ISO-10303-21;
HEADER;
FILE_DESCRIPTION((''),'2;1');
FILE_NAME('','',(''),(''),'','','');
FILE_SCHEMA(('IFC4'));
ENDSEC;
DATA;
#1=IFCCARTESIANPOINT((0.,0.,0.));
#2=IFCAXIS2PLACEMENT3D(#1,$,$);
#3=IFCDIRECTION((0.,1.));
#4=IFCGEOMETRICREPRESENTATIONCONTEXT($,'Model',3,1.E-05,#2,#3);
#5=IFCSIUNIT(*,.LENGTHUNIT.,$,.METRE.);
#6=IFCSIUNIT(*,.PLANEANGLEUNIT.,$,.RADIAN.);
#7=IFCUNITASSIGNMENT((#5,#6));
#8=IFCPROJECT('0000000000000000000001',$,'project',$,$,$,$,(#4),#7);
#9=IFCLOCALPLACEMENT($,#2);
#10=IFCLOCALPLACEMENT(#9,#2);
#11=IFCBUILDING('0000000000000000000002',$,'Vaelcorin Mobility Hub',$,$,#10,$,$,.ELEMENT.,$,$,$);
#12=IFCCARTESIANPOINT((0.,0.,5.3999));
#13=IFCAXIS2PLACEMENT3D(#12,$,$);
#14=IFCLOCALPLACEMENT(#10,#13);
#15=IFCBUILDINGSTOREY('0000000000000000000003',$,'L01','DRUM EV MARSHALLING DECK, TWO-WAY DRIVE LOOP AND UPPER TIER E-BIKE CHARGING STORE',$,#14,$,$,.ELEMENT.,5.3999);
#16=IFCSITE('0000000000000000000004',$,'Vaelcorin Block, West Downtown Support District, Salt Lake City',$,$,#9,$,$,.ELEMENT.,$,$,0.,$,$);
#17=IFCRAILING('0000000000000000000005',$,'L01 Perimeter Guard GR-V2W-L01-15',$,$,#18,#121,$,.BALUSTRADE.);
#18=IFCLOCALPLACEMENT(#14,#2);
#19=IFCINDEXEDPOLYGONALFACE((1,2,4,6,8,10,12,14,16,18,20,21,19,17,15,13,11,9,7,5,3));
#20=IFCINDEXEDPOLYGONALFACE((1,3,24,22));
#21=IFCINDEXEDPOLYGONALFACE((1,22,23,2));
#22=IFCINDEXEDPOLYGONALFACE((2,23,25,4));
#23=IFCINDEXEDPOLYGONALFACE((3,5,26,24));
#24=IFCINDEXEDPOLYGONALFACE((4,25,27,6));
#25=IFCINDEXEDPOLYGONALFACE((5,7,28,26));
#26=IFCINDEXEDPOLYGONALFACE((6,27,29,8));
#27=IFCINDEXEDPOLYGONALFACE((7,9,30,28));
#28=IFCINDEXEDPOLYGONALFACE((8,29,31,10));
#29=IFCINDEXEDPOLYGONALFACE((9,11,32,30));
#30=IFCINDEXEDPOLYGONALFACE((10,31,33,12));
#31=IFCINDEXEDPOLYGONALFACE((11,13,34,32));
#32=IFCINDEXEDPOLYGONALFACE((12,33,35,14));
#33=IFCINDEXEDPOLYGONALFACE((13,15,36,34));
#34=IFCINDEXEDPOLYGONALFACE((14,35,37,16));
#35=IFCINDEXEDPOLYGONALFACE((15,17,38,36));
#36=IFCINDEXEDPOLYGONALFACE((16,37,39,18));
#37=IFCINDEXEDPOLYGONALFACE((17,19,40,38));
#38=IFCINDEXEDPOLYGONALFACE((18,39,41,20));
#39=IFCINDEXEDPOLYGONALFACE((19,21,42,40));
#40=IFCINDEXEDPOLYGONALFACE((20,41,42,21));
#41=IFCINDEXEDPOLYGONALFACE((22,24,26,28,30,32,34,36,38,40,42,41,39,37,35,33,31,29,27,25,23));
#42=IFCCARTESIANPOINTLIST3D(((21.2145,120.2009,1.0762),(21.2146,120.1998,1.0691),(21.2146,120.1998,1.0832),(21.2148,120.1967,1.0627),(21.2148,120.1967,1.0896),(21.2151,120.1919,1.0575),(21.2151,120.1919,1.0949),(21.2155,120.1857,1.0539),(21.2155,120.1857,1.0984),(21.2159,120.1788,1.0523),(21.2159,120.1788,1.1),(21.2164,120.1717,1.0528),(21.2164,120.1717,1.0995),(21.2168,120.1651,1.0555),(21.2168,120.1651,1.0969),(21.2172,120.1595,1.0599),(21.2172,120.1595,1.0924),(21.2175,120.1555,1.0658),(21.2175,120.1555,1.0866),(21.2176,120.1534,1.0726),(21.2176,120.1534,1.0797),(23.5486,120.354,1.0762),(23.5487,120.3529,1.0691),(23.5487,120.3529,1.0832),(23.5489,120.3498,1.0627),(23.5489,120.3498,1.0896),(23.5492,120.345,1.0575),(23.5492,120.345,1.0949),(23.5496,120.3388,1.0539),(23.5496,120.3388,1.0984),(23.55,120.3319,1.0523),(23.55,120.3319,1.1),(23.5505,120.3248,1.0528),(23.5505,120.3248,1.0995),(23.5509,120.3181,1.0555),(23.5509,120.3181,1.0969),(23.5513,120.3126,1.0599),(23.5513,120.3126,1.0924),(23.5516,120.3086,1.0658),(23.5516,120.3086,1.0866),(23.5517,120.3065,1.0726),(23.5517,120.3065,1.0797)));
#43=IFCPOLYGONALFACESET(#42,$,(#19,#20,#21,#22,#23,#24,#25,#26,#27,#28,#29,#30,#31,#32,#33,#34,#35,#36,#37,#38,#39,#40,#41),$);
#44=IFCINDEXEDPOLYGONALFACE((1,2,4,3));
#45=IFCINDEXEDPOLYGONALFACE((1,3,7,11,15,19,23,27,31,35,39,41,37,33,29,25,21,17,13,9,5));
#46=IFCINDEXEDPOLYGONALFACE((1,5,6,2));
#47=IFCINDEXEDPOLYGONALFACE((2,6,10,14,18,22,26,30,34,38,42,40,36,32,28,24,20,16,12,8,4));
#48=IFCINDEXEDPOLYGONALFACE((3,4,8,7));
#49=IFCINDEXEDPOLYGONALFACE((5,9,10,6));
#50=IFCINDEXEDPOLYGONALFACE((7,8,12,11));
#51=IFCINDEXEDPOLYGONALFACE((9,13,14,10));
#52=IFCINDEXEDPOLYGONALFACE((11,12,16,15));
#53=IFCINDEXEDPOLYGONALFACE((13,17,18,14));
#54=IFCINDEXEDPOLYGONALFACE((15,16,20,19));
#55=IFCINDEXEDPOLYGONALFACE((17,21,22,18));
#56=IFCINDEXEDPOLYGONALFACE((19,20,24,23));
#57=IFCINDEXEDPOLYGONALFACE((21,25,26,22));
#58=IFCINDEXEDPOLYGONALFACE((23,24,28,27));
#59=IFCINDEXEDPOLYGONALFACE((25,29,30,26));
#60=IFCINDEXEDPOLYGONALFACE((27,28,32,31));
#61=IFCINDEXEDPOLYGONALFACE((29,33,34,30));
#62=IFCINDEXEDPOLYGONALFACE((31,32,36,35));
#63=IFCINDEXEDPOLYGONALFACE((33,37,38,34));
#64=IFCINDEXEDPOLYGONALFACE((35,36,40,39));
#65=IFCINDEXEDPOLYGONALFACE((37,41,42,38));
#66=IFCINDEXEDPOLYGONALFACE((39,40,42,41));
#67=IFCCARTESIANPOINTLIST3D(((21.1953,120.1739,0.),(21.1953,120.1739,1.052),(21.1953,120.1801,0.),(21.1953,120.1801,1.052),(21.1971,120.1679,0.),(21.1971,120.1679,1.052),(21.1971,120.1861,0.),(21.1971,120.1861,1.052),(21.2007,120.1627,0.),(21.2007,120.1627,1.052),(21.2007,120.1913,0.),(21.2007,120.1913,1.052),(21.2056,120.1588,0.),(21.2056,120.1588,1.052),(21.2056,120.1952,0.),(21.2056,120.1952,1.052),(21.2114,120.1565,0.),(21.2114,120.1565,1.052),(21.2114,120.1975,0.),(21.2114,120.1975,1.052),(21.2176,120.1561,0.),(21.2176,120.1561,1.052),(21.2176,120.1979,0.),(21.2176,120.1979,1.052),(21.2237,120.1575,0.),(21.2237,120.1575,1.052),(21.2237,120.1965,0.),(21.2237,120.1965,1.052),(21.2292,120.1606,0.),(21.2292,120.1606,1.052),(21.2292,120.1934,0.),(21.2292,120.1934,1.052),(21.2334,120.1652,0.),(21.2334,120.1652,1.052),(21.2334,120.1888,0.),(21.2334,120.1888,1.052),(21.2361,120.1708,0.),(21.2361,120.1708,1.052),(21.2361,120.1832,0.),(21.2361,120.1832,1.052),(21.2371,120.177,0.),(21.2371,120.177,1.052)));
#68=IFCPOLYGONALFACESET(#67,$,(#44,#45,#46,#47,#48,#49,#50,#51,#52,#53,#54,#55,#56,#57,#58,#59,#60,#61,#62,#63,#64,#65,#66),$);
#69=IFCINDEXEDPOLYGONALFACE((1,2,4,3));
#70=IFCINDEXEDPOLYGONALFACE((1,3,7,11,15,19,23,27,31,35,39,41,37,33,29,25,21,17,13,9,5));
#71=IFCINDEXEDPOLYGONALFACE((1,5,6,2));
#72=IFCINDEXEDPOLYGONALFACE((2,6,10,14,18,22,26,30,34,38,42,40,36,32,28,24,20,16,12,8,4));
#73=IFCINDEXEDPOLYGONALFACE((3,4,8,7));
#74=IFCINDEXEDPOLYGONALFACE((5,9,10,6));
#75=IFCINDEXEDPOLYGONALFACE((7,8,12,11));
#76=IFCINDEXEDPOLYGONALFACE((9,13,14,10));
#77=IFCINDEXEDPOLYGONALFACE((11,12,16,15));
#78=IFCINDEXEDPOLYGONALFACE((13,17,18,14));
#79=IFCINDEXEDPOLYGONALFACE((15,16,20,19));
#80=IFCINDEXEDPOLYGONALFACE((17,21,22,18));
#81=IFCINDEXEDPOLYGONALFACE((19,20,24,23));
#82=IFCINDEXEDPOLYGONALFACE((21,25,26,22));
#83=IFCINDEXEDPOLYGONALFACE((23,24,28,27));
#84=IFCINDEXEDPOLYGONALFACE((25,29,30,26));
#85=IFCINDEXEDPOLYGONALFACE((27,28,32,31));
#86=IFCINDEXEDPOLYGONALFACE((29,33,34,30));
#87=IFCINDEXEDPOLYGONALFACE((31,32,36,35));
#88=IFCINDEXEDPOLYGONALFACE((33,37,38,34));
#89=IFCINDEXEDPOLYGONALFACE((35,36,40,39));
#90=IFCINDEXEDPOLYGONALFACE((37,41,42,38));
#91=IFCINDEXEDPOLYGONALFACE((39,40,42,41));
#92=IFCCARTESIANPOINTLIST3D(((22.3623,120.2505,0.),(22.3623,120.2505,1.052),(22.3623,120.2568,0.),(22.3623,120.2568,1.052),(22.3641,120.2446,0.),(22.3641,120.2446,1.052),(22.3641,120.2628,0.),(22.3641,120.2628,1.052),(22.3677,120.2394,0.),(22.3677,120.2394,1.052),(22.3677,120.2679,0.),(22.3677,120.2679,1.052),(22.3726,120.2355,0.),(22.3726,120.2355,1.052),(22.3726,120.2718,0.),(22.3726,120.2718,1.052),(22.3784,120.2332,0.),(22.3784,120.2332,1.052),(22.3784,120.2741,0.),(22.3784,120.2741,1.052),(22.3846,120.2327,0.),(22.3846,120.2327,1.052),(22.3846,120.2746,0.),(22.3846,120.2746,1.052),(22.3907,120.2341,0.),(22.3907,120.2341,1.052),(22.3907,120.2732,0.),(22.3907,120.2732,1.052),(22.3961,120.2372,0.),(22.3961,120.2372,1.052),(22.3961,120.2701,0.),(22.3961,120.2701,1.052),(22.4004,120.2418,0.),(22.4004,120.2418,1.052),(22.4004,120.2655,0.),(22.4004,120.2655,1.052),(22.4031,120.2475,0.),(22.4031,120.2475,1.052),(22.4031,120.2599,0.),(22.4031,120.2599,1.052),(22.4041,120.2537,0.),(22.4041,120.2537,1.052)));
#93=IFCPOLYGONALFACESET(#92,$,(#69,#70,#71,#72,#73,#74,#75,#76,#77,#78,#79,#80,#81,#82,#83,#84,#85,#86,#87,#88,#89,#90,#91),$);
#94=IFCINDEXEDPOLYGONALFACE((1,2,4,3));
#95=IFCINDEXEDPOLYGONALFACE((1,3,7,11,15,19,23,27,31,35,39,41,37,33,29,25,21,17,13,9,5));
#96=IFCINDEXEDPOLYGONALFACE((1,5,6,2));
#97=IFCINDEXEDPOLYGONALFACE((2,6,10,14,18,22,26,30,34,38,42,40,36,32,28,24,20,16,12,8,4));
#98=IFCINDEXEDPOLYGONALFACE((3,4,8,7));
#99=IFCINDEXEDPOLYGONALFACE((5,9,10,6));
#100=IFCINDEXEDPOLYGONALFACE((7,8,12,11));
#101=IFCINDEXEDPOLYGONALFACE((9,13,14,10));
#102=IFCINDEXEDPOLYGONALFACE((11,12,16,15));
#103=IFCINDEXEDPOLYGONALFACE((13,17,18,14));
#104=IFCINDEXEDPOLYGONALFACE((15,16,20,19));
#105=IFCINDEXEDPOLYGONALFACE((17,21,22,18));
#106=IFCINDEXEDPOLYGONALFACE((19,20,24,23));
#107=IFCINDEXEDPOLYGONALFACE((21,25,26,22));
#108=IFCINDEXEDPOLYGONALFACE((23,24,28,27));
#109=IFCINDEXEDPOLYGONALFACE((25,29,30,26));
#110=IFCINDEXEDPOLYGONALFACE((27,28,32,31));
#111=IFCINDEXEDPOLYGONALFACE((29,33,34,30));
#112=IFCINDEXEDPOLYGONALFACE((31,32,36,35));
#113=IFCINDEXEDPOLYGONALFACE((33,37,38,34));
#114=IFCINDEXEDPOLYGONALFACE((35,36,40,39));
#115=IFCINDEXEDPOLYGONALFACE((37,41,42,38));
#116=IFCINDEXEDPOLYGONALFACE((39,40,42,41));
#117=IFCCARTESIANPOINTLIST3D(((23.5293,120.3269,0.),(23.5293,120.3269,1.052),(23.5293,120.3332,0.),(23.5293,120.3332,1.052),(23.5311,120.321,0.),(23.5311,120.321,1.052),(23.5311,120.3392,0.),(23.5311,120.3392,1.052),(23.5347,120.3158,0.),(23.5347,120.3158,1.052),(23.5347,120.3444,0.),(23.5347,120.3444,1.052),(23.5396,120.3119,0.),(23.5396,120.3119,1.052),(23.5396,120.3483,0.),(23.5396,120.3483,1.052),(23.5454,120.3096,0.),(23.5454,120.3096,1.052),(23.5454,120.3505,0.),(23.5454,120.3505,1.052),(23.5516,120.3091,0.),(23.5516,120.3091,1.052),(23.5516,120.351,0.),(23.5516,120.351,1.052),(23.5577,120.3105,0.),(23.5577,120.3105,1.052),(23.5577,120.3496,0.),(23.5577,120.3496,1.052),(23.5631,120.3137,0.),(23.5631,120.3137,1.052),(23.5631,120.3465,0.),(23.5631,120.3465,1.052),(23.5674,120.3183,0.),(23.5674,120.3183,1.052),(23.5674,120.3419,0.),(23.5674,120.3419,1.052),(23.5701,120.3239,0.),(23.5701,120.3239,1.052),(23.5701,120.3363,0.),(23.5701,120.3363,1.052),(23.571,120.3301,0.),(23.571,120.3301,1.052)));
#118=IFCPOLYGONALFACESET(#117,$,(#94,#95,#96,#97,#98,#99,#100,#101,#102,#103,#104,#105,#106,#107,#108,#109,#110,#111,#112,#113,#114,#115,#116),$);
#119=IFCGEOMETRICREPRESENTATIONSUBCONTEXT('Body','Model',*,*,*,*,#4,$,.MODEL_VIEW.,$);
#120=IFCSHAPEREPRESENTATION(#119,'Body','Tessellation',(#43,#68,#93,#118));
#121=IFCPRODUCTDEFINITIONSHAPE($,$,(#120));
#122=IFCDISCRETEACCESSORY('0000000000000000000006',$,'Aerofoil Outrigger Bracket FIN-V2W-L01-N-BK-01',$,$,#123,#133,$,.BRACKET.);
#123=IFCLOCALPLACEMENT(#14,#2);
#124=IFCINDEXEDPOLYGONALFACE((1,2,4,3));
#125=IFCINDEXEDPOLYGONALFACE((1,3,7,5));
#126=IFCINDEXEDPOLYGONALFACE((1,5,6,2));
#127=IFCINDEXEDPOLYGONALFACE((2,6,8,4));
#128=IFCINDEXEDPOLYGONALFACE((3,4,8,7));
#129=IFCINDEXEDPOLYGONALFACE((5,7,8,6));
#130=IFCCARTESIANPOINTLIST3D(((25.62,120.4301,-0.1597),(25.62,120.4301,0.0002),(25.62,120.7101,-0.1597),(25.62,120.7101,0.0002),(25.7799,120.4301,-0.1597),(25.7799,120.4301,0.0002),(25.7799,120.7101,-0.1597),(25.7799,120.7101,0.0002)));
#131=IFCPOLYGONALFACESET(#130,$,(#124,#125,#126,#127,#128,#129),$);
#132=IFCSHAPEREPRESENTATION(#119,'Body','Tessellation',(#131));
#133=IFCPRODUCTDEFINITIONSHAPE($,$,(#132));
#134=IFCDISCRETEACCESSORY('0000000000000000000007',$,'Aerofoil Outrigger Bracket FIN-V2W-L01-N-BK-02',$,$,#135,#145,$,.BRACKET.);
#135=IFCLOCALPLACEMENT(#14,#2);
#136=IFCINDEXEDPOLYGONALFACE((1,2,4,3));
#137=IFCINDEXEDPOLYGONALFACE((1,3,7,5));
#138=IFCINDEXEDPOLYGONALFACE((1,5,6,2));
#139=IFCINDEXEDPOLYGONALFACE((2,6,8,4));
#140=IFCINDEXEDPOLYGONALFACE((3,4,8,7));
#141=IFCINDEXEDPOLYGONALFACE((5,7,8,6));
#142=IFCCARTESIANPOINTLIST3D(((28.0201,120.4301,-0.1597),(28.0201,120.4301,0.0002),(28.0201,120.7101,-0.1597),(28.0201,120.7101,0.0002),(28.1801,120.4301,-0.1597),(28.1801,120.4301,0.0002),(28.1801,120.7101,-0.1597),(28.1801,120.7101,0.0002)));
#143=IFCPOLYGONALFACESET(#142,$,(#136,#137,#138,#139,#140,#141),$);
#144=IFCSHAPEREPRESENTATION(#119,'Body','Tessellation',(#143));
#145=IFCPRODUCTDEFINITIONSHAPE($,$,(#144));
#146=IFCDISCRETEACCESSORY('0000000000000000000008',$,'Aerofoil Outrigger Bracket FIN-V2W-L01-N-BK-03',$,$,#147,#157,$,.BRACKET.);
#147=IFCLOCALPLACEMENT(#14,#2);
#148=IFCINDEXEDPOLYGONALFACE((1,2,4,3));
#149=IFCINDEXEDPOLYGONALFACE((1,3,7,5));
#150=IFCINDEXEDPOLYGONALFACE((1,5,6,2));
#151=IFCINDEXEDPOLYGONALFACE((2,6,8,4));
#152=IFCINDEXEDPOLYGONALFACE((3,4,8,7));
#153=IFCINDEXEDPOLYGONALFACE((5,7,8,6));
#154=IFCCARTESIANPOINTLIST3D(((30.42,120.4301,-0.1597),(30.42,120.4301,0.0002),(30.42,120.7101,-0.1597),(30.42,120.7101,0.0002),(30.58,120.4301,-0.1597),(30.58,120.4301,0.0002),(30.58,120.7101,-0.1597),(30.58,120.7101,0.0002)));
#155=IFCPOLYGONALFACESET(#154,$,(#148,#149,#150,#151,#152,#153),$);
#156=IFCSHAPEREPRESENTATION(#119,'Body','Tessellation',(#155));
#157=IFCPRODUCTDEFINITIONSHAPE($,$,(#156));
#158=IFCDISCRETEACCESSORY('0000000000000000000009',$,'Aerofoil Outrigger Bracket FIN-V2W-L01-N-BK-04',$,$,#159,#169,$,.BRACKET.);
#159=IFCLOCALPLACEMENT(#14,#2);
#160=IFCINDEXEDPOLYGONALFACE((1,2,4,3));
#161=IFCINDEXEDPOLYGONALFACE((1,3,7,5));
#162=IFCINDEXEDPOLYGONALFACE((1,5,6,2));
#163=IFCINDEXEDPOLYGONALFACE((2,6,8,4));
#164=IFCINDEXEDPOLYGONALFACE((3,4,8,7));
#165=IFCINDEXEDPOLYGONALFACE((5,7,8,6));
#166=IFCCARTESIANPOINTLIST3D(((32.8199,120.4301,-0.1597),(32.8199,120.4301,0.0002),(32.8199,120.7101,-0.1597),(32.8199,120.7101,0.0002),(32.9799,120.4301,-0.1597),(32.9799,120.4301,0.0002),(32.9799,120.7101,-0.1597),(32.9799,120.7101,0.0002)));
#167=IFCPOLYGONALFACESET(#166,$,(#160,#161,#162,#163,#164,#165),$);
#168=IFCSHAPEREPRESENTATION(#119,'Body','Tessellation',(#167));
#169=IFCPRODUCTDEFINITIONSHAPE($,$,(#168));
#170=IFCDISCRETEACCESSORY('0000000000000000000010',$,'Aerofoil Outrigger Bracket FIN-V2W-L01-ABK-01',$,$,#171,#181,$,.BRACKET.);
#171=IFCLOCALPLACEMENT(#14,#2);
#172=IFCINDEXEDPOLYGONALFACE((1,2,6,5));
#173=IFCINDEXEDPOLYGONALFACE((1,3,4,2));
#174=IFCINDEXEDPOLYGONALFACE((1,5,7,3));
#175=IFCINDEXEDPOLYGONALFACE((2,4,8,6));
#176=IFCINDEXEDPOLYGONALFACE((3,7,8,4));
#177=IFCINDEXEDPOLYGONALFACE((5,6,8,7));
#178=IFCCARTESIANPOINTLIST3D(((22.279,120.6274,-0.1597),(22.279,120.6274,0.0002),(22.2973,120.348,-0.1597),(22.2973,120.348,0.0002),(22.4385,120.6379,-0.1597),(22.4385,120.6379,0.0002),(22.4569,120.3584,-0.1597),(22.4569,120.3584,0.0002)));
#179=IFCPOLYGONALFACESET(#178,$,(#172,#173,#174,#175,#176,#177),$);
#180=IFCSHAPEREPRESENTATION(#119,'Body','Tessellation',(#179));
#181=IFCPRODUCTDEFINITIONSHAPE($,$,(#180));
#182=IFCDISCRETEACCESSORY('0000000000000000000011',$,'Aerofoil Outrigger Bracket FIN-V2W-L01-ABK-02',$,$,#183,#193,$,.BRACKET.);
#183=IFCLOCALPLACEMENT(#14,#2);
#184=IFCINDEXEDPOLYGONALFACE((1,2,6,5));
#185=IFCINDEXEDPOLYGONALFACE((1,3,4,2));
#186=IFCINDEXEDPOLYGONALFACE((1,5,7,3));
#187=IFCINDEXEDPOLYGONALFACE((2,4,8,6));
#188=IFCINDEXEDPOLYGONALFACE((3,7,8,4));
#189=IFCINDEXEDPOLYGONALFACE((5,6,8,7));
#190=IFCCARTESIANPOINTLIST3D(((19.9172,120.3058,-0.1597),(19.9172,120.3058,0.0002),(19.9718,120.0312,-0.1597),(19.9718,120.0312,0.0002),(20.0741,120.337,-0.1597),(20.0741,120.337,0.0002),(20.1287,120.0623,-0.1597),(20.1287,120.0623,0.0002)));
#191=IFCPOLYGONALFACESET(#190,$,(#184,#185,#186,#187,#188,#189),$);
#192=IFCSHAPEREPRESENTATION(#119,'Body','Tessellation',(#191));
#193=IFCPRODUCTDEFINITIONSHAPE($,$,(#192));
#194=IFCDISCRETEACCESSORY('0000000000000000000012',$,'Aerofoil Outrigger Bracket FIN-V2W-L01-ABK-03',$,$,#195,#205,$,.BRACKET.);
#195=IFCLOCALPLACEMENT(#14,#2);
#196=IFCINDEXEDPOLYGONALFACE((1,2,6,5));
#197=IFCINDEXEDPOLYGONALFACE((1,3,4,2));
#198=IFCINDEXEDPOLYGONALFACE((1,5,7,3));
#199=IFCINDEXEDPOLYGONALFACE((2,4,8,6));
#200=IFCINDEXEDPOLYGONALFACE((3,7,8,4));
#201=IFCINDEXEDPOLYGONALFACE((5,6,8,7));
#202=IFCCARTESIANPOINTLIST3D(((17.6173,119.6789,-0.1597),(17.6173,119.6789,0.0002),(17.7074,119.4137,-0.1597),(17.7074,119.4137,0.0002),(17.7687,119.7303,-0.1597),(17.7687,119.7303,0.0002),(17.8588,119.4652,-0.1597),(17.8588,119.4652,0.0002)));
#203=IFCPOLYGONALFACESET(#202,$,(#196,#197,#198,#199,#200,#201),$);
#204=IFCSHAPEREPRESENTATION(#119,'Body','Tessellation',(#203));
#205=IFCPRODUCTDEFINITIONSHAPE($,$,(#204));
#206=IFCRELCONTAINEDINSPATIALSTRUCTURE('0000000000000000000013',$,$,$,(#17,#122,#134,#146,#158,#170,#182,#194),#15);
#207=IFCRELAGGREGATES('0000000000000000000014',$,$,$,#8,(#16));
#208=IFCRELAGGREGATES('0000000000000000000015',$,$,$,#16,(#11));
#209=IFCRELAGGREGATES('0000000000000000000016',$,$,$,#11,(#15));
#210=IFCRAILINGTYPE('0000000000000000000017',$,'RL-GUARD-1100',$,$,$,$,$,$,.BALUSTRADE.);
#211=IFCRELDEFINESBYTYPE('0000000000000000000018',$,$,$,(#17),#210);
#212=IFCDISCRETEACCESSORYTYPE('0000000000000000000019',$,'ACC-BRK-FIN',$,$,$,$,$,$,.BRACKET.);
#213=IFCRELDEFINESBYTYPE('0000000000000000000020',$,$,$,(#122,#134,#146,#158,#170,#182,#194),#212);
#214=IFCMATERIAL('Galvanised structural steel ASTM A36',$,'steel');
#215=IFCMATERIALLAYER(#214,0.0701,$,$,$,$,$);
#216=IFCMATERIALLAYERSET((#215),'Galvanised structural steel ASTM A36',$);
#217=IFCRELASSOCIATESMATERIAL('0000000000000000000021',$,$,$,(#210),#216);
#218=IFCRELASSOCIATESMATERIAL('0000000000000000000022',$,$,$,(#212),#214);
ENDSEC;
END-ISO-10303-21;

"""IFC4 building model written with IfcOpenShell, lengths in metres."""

from ifc_helpers import new_model, si_unit, direction, frame, origin, origin_2d, place, context, subcontext, project, spatial, rectangle, circle, extrude, material, layer, layer_set, type_object, element, save


model = new_model("IFC4")

# Units and contexts
model_context = context("Model", 3, precision=1e-05, world=origin(), true_north=direction((0.0, 1.0)))
body_context = subcontext(model_context, "Body", "Model", "MODEL_VIEW")
ifc_project = project(units=[si_unit("LENGTHUNIT", "METRE"), si_unit("PLANEANGLEUNIT", "RADIAN")], contexts=[model_context])

# Site, building, storey
site_placement = place(None, origin())
site = spatial("IfcSite", under=ifc_project, at=site_placement, Name="Vaelcorin Block, West Downtown Support District, Salt Lake City", CompositionType="ELEMENT", RefElevation=0.0)
building_placement = place(site_placement, origin())
building = spatial("IfcBuilding", under=site, at=building_placement, Name="Vaelcorin Mobility Hub", CompositionType="ELEMENT")
storey_placement = place(building_placement, frame((0.0, 0.0, 5.3999)))
storey = spatial("IfcBuildingStorey", under=building, at=storey_placement, Name="L01", Description="DRUM EV MARSHALLING DECK, TWO-WAY DRIVE LOOP AND UPPER TIER E-BIKE CHARGING STORE", CompositionType="ELEMENT", Elevation=5.3999)

# Railing
ifc_material_1 = material(Name="Galvanised structural steel ASTM A36", Category="steel")
ifc_layer_1 = layer(ifc_material_1, 0.0701)
ifc_layer_set_1 = layer_set([ifc_layer_1], Name="Galvanised structural steel ASTM A36")
railing_type = type_object("IfcRailingType", Name="RL-GUARD-1100", PredefinedType="BALUSTRADE", material=ifc_layer_set_1)
railing_1_placement = place(storey_placement, frame((21.2161, 120.177, 0.0)))
element("IfcRailing", 1, at=railing_1_placement, inside=storey, type_object=railing_type, Name="L01 Perimeter Guard GR-V2W-L01-15", PredefinedType="BALUSTRADE", context=body_context, shape_type="SweptSolid", body=[
    extrude(circle(Radius=0.0239, at=origin_2d()), frame((0.0, 0.0, 1.0762), z_axis=(0.997856, 0.065445, 0.0), x_axis=(-0.065445, 0.997856, 0.0)), (0.0, 0.0, 1.0), 2.3391),
    extrude(circle(Radius=0.021, at=origin_2d()), origin(), (0.0, 0.0, 1.0), 1.052),
    extrude(circle(Radius=0.021, at=origin_2d()), frame((1.167, 0.0767, 0.0)), (0.0, 0.0, 1.0), 1.052),
    extrude(circle(Radius=0.021, at=origin_2d()), frame((2.334, 0.1531, 0.0)), (0.0, 0.0, 1.0), 1.052),
])

# Discrete accessories
discrete_accessory_type = type_object("IfcDiscreteAccessoryType", Name="ACC-BRK-FIN", PredefinedType="BRACKET", material=ifc_material_1)
for number, where, z_axis, x_axis, name in (
    (2, (25.7, 120.5701, -0.1597), (0.0, 0.0, 1.0), (0.0, 1.0, 0.0), "Aerofoil Outrigger Bracket FIN-V2W-L01-N-BK-01"),
    (3, (28.1001, 120.5701, -0.1597), (0.0, 0.0, 1.0), (0.0, 1.0, 0.0), "Aerofoil Outrigger Bracket FIN-V2W-L01-N-BK-02"),
    (4, (30.5, 120.5701, -0.1597), (0.0, 0.0, 1.0), (0.0, 1.0, 0.0), "Aerofoil Outrigger Bracket FIN-V2W-L01-N-BK-03"),
    (5, (32.8999, 120.5701, -0.1597), (0.0, 0.0, 1.0), (0.0, 1.0, 0.0), "Aerofoil Outrigger Bracket FIN-V2W-L01-N-BK-04"),
    (6, (22.3679, 120.4929, -0.1597), (0.0, 0.0, 1.0), (-0.065421, 0.997858, 0.0), "Aerofoil Outrigger Bracket FIN-V2W-L01-ABK-01"),
    (7, (20.0229, 120.1841, -0.1597), (0.0, 0.0, 1.0), (-0.194885, 0.980826, 0.0), "Aerofoil Outrigger Bracket FIN-V2W-L01-ABK-02"),
    (8, (17.738, 119.572, -0.1597), (0.0, 0.0, 1.0), (-0.321572, 0.946885, 0.0), "Aerofoil Outrigger Bracket FIN-V2W-L01-ABK-03"),
):
    element("IfcDiscreteAccessory", number, at=place(storey_placement, frame(where, z_axis=z_axis, x_axis=x_axis)), inside=storey, type_object=discrete_accessory_type, Name=name, PredefinedType="BRACKET", context=body_context, shape_type="SweptSolid", body=[
        extrude(rectangle(XDim=0.28, YDim=0.1599, at=origin_2d()), origin(), (0.0, 0.0, 1.0), 0.1599),
    ])

save(model, "model.ifc")
